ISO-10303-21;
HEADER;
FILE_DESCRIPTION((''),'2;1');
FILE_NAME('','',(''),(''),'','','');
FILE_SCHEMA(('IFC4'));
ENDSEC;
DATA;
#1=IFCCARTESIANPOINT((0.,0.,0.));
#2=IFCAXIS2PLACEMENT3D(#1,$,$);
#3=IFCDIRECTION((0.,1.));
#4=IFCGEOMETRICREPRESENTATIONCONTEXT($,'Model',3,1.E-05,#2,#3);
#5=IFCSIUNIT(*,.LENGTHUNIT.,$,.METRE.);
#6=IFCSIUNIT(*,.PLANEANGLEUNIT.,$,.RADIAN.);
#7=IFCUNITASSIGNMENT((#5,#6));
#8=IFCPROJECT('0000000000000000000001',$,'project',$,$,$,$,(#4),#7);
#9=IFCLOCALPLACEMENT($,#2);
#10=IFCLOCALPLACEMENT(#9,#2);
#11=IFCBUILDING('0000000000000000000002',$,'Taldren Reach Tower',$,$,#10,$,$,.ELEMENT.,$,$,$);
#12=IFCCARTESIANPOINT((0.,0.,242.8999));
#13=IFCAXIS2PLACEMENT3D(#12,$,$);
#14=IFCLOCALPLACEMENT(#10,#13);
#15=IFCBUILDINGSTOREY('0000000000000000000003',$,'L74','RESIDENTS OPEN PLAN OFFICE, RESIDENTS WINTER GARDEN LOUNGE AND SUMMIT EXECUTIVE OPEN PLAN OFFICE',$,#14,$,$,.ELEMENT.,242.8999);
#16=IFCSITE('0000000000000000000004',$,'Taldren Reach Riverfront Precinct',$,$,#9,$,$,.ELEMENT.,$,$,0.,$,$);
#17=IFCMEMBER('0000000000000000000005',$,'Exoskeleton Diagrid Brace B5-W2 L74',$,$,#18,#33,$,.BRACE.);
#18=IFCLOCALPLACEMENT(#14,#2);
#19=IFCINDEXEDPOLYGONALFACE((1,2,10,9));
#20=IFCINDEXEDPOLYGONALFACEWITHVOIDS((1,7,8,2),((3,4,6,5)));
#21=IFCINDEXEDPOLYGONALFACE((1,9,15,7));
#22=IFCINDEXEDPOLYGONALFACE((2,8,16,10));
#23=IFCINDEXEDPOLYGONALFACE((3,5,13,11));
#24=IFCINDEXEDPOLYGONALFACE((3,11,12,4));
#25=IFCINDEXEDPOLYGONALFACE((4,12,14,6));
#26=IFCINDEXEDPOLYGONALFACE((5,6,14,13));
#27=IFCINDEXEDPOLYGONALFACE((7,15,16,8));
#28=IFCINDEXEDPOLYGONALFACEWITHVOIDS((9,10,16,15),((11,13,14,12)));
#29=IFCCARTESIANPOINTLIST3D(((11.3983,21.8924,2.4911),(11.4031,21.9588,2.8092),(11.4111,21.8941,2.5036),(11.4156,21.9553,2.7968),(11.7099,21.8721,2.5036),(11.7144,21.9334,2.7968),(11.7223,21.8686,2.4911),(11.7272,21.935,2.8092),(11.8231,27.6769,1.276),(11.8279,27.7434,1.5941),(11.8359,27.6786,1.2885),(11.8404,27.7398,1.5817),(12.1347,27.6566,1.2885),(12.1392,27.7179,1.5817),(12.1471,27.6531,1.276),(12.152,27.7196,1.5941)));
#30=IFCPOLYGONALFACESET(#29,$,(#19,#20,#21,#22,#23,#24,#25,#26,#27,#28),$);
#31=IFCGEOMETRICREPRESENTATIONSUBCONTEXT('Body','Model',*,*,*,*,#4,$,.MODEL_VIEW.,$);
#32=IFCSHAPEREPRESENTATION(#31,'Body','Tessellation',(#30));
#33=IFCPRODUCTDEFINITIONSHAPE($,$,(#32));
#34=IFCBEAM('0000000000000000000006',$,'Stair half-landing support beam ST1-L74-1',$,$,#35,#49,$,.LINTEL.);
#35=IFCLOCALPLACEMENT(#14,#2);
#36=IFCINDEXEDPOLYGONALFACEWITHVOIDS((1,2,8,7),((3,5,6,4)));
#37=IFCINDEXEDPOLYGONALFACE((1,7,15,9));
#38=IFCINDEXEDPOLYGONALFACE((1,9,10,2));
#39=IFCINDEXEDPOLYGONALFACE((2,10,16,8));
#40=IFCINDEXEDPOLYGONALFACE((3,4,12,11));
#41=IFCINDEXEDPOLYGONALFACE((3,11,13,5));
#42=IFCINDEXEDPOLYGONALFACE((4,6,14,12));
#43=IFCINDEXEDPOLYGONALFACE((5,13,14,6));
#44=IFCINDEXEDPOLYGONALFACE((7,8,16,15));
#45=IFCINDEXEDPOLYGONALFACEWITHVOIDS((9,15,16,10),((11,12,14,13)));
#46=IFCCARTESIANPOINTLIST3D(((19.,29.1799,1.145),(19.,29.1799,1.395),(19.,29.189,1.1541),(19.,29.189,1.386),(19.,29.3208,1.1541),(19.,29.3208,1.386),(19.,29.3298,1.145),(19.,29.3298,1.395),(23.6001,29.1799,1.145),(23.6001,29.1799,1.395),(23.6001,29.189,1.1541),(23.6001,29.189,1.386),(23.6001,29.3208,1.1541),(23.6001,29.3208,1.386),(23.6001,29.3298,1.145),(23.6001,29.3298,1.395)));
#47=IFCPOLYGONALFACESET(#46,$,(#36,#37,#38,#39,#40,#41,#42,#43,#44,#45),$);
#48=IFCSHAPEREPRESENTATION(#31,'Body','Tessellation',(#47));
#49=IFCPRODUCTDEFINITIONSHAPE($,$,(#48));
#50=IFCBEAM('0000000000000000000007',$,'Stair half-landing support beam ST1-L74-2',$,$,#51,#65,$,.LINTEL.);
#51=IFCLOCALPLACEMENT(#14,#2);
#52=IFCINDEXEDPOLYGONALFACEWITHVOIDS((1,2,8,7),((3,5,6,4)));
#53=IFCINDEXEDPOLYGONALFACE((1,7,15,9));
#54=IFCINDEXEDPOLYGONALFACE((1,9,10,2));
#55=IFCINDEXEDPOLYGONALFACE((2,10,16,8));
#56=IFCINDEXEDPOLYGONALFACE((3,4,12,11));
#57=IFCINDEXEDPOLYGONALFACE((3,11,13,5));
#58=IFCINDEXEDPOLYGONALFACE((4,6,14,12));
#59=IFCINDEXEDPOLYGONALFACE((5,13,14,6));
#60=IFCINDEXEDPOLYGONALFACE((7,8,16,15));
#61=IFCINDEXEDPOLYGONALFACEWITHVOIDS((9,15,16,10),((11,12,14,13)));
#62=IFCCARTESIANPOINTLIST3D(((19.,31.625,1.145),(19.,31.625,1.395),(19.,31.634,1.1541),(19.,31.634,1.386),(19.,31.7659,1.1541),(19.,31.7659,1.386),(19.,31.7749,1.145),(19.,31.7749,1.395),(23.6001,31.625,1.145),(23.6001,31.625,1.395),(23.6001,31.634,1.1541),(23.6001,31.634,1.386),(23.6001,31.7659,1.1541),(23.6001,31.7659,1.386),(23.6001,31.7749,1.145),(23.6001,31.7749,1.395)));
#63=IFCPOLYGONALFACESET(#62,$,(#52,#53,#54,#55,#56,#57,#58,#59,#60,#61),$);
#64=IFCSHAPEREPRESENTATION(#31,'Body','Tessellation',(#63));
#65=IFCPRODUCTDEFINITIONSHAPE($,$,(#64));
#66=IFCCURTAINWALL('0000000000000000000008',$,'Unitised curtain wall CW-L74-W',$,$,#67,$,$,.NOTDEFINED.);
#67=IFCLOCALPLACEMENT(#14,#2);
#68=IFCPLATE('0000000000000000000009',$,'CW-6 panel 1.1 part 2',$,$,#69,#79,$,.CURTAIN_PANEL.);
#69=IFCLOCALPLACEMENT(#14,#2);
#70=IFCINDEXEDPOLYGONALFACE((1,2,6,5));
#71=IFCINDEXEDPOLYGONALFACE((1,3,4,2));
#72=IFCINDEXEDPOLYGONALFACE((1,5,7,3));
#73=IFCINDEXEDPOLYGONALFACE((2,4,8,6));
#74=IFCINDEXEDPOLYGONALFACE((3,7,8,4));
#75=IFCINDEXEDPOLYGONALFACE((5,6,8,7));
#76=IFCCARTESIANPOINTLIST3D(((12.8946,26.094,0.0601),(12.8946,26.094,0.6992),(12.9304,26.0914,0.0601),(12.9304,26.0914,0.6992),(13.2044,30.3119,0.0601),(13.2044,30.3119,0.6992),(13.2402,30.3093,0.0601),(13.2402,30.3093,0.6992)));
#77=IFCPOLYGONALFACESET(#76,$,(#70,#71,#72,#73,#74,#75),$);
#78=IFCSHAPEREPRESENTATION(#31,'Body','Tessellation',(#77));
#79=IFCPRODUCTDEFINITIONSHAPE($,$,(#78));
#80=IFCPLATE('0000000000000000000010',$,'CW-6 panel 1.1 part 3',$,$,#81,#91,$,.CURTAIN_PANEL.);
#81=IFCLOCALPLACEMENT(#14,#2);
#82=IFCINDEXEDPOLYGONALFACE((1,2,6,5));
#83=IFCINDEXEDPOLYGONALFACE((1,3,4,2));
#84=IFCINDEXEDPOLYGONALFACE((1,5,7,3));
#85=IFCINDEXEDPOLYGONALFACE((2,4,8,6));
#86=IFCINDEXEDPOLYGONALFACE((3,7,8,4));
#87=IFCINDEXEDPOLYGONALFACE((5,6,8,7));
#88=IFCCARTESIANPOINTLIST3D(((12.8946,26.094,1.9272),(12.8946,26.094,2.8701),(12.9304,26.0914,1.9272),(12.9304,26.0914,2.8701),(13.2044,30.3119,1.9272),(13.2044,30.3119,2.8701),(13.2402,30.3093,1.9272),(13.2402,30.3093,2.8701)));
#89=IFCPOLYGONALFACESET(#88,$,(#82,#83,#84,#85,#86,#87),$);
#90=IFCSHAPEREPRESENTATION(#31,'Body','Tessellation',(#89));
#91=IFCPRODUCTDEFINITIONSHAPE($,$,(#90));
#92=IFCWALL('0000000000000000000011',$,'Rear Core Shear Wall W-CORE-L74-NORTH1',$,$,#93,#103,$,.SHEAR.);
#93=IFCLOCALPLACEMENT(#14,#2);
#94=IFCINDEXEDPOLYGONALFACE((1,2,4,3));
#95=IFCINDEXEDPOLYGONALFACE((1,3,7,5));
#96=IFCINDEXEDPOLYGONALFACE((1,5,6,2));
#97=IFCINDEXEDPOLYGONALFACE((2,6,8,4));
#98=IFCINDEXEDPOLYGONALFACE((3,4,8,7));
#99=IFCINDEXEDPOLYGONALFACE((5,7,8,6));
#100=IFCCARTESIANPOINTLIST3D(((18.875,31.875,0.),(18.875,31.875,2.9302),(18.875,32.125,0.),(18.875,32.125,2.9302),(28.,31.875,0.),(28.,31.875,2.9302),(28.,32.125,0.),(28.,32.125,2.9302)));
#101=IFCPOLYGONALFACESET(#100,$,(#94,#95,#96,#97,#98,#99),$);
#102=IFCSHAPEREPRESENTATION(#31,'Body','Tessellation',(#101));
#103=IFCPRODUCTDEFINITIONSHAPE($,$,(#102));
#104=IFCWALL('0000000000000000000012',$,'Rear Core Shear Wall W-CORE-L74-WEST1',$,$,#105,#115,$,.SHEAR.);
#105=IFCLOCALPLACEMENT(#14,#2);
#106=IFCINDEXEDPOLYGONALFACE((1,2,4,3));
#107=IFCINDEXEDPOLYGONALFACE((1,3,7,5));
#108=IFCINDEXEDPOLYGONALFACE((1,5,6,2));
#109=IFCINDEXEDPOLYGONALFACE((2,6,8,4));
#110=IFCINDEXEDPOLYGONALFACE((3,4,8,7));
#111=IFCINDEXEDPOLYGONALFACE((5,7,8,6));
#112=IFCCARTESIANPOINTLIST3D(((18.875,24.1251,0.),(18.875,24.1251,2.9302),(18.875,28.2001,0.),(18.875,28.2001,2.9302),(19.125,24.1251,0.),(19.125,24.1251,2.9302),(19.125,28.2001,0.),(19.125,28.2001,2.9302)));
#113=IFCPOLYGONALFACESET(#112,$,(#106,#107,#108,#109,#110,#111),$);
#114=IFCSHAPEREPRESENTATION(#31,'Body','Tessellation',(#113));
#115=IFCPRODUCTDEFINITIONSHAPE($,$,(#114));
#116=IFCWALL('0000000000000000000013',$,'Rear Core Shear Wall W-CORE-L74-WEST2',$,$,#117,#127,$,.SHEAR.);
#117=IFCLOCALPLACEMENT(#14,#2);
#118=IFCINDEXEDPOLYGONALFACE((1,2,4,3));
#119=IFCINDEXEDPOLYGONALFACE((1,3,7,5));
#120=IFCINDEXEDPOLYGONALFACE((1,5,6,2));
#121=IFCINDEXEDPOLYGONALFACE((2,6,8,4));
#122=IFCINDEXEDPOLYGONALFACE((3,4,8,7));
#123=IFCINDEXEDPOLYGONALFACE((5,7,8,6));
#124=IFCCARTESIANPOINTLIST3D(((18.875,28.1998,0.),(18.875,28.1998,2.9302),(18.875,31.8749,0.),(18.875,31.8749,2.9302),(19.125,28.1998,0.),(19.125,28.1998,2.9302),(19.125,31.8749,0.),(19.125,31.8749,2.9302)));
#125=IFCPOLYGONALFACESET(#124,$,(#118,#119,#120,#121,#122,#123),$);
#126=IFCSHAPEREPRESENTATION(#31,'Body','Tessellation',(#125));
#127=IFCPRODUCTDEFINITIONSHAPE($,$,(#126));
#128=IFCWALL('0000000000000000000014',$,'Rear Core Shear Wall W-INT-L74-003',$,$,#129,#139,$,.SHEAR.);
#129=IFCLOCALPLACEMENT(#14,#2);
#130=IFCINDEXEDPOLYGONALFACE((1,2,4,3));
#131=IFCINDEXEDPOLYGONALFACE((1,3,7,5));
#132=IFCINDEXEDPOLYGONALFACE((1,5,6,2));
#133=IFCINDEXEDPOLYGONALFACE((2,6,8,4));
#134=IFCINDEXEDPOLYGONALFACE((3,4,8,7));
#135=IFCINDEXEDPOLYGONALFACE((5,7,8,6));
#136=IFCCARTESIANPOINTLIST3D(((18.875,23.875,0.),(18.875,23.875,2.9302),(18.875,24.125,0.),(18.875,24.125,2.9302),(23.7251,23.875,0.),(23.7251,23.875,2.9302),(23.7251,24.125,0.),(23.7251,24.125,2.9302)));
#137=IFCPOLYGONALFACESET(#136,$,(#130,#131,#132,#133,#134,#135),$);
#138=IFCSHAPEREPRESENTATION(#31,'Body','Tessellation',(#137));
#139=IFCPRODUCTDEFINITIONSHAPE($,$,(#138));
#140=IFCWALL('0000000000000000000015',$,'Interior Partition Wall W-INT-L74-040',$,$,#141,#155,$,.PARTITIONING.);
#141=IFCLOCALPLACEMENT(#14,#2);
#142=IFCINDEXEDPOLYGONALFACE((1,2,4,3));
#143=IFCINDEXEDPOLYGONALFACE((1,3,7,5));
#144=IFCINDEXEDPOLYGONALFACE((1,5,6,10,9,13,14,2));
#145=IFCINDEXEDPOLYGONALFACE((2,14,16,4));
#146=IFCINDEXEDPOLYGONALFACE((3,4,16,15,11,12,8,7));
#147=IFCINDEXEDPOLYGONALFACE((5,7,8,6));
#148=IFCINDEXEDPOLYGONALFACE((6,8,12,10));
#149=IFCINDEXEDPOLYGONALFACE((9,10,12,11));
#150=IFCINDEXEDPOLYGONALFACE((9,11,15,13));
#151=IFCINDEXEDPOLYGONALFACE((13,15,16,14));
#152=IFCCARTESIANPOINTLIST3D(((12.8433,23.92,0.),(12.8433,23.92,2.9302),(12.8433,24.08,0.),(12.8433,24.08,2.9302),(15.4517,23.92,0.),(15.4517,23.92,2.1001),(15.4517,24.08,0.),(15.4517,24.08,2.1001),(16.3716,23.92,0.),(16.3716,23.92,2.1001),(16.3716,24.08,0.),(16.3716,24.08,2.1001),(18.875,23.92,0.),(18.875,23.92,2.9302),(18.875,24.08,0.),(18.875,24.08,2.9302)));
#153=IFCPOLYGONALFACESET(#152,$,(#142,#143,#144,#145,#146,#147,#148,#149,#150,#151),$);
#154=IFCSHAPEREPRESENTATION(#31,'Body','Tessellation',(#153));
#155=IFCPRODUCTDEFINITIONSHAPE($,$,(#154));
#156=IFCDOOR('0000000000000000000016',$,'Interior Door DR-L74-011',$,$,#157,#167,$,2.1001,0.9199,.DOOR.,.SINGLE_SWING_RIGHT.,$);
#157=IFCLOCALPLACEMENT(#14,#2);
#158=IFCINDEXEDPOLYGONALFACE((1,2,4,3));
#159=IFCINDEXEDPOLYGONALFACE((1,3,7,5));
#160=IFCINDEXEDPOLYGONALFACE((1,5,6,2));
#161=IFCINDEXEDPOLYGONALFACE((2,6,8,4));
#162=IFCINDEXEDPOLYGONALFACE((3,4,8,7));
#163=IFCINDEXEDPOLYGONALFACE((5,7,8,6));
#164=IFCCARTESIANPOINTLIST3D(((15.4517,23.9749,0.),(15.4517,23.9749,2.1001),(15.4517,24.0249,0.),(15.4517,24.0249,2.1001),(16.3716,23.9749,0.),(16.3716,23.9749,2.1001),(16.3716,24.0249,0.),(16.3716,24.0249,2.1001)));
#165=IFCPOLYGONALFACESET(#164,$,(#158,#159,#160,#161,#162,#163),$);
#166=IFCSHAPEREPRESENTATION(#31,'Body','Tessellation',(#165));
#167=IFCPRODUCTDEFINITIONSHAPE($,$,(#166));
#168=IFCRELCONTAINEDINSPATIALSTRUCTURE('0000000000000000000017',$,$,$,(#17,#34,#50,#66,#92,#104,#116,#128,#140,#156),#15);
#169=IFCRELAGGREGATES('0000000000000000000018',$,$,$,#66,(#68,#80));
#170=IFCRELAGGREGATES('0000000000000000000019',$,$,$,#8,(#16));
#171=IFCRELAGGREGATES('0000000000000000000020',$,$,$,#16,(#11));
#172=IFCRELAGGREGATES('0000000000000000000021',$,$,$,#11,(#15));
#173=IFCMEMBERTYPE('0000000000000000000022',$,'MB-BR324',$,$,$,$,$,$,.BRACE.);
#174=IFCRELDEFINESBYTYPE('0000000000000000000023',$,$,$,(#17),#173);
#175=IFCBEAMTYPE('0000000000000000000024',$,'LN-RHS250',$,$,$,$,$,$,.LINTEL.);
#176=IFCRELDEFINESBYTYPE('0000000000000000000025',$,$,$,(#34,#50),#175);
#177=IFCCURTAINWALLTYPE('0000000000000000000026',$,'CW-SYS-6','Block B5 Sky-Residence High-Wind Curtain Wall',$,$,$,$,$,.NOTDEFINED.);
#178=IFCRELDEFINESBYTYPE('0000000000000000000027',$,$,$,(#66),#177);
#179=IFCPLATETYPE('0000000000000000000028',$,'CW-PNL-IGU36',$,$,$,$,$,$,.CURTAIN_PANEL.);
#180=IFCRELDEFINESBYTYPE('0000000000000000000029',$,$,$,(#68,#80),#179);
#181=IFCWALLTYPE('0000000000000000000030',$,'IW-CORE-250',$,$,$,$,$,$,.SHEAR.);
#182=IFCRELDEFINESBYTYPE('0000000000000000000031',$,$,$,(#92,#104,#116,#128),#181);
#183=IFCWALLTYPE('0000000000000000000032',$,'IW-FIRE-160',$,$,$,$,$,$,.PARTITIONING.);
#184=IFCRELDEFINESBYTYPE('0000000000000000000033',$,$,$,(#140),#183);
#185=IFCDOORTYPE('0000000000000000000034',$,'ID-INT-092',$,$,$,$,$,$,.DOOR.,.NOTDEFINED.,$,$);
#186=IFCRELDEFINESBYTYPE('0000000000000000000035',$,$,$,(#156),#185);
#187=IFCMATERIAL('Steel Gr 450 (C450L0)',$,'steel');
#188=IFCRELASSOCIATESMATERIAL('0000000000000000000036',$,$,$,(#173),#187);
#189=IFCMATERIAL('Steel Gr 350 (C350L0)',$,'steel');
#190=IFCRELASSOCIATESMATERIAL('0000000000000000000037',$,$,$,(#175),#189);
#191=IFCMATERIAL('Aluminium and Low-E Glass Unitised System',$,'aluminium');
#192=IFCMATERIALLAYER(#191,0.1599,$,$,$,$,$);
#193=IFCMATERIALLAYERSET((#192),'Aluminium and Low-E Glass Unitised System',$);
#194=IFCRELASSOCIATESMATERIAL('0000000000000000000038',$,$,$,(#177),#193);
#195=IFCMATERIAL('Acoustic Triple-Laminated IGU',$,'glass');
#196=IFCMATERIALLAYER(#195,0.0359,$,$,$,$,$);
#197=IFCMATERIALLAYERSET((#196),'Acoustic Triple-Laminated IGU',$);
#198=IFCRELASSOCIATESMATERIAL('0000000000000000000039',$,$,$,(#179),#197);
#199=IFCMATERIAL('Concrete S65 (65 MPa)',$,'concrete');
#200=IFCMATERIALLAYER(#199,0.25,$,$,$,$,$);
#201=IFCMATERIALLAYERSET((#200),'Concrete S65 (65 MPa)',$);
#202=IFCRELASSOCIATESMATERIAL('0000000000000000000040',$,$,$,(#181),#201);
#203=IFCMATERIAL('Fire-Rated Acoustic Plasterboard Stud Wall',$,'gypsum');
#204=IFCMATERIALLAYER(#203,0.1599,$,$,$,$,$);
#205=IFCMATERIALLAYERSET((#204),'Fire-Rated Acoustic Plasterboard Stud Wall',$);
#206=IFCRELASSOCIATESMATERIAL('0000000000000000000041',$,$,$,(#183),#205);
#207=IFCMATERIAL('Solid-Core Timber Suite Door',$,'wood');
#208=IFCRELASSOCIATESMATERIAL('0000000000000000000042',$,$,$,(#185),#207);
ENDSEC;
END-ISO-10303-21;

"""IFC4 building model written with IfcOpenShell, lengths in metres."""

from ifc_helpers import new_model, si_unit, direction, frame, frame_2d, origin, origin_2d, place, context, subcontext, project, spatial, rectangle, hollow_rectangle, extrude, source, transform, mapped, material, layer, layer_set, material_profile, profile_set, type_object, element, fill, aggregate, save


model = new_model("IFC4")

# Units and contexts
model_context = context("Model", 3, precision=1e-05, world=origin(), true_north=direction((0.0, 1.0)))
body_context = subcontext(model_context, "Body", "Model", "MODEL_VIEW")
ifc_project = project(units=[si_unit("LENGTHUNIT", "METRE"), si_unit("PLANEANGLEUNIT", "RADIAN")], contexts=[model_context])

# Site, building, storey
site_placement = place(None, origin())
site = spatial("IfcSite", under=ifc_project, at=site_placement, Name="Taldren Reach Riverfront Precinct", CompositionType="ELEMENT", RefElevation=0.0)
building_placement = place(site_placement, origin())
building = spatial("IfcBuilding", under=site, at=building_placement, Name="Taldren Reach Tower", CompositionType="ELEMENT")
storey_placement = place(building_placement, frame((0.0, 0.0, 242.8999)))
storey = spatial("IfcBuildingStorey", under=building, at=storey_placement, Name="L74", Description="RESIDENTS OPEN PLAN OFFICE, RESIDENTS WINTER GARDEN LOUNGE AND SUMMIT EXECUTIVE OPEN PLAN OFFICE", CompositionType="ELEMENT", Elevation=242.8999)

# Shared definitions
ifc_material_1 = material(Name="Steel Gr 450 (C450L0)", Category="steel")

# Member
ifc_material_profile_1 = material_profile(ifc_material_1, hollow_rectangle(XDim=0.325, YDim=0.325, WallThickness=0.0127, at=origin_2d()), Name="325x325x12.7SHS")
ifc_profile_set_1 = profile_set([ifc_material_profile_1], Name="Steel Gr 450 (C450L0)")
member_type = type_object("IfcMemberType", Name="MB-BR324", PredefinedType="BRACE", material=ifc_profile_set_1)
shared_shape_1 = source(origin(), body_context, "Body", "SweptSolid", [
    extrude(hollow_rectangle(XDim=0.325, YDim=0.325, WallThickness=0.0127, at=origin_2d()), origin(), (0.0, 0.0, 1.0), 5.926),
])
member_placement = place(storey_placement, frame((11.9875, 27.6982, 1.4351), z_axis=(-0.071686, -0.976123, 0.205046), x_axis=(0.997314, -0.073242, 0.0)))
element("IfcMember", 1, at=member_placement, inside=storey, type_object=member_type, Name="Exoskeleton Diagrid Brace B5-W2 L74", PredefinedType="BRACE", context=body_context, shape_type="MappedRepresentation", body=[
    mapped(shared_shape_1, transform((0.0, 0.0, 0.0), scale=1.0)),
])

# Beams
ifc_material_2 = material(Name="Steel Gr 350 (C350L0)", Category="steel")
ifc_material_profile_2 = material_profile(ifc_material_2, hollow_rectangle(XDim=0.1499, YDim=0.25, WallThickness=0.009, at=origin_2d()), Name="250x150x9.0RHS")
ifc_profile_set_2 = profile_set([ifc_material_profile_2], Name="Steel Gr 350 (C350L0)")
beam_type_1 = type_object("IfcBeamType", Name="LN-RHS250", PredefinedType="LINTEL", material=ifc_profile_set_2)
shared_shape_2 = source(origin(), body_context, "Body", "SweptSolid", [
    extrude(hollow_rectangle(XDim=0.1499, YDim=0.25, WallThickness=0.009, at=origin_2d()), origin(), (0.0, 0.0, 1.0), 4.6001),
])
for number, where, z_axis, x_axis, name in (
    (2, (19.0, 29.2549, 1.27), (1.0, 0.0, 0.0), (0.0, 1.0, 0.0), "Stair half-landing support beam ST1-L74-1"),
    (3, (19.0, 31.7, 1.27), (1.0, 0.0, 0.0), (0.0, 1.0, 0.0), "Stair half-landing support beam ST1-L74-2"),
):
    element("IfcBeam", number, at=place(storey_placement, frame(where, z_axis=z_axis, x_axis=x_axis)), inside=storey, type_object=beam_type_1, Name=name, PredefinedType="LINTEL", context=body_context, shape_type="MappedRepresentation", body=[
        mapped(shared_shape_2, transform((0.0, 0.0, 0.0), scale=1.0)),
    ])

# Curtain wall, plates
ifc_material_3 = material(Name="Aluminium and Low-E Glass Unitised System", Category="aluminium")
ifc_layer_1 = layer(ifc_material_3, 0.1599)
ifc_layer_set_1 = layer_set([ifc_layer_1], Name="Aluminium and Low-E Glass Unitised System")
curtain_wall_type = type_object("IfcCurtainWallType", Name="CW-SYS-6", Description="Block B5 Sky-Residence High-Wind Curtain Wall", PredefinedType="NOTDEFINED", material=ifc_layer_set_1)
curtain_wall_placement = place(storey_placement, origin())
curtain_wall = element("IfcCurtainWall", 4, at=curtain_wall_placement, inside=storey, type_object=curtain_wall_type, Name="Unitised curtain wall CW-L74-W", PredefinedType="NOTDEFINED")
ifc_material_4 = material(Name="Acoustic Triple-Laminated IGU", Category="glass")
ifc_layer_2 = layer(ifc_material_4, 0.0359)
ifc_layer_set_2 = layer_set([ifc_layer_2], Name="Acoustic Triple-Laminated IGU")
plate_type = type_object("IfcPlateType", Name="CW-PNL-IGU36", PredefinedType="CURTAIN_PANEL", material=ifc_layer_set_2)
shared_shape_3 = source(origin(), body_context, "Body", "SweptSolid", [
    extrude(rectangle(XDim=4.2292, YDim=0.0359, at=origin_2d()), origin(), (0.0, 0.0, 1.0), 0.6392),
])
plate_1_placement = place(storey_placement, frame((13.0674, 28.2017, 0.0601), z_axis=(0.0, 0.0, 1.0), x_axis=(-0.073238, -0.997314, 0.0)))
plate_1 = element("IfcPlate", 5, at=plate_1_placement, type_object=plate_type, Name="CW-6 panel 1.1 part 2", PredefinedType="CURTAIN_PANEL", context=body_context, shape_type="MappedRepresentation", body=[
    mapped(shared_shape_3, transform((0.0, 0.0, 0.0), scale=1.0)),
])
shared_shape_4 = source(origin(), body_context, "Body", "SweptSolid", [
    extrude(rectangle(XDim=4.2292, YDim=0.0359, at=origin_2d()), origin(), (0.0, 0.0, 1.0), 0.9429),
])
plate_2_placement = place(storey_placement, frame((13.0674, 28.2017, 1.9272), z_axis=(0.0, 0.0, 1.0), x_axis=(-0.073238, -0.997314, 0.0)))
plate_2 = element("IfcPlate", 6, at=plate_2_placement, type_object=plate_type, Name="CW-6 panel 1.1 part 3", PredefinedType="CURTAIN_PANEL", context=body_context, shape_type="MappedRepresentation", body=[
    mapped(shared_shape_4, transform((0.0, 0.0, 0.0), scale=1.0)),
])
aggregate(curtain_wall, [plate_1, plate_2])

# Walls
ifc_material_5 = material(Name="Concrete S65 (65 MPa)", Category="concrete")
ifc_layer_3 = layer(ifc_material_5, 0.25)
ifc_layer_set_3 = layer_set([ifc_layer_3], Name="Concrete S65 (65 MPa)")
wall_type_1 = type_object("IfcWallType", Name="IW-CORE-250", PredefinedType="SHEAR", material=ifc_layer_set_3)
shared_shape_5 = source(origin(), body_context, "Body", "SweptSolid", [
    extrude(rectangle(XDim=9.125, YDim=0.25, at=frame_2d((4.5625, 0.0))), origin(), (0.0, 0.0, 1.0), 2.9302),
])
wall_1_placement = place(storey_placement, frame((18.875, 32.0, 0.0), z_axis=(0.0, 0.0, 1.0), x_axis=(1.0, 0.0, 0.0)))
element("IfcWall", 7, at=wall_1_placement, inside=storey, type_object=wall_type_1, Name="Rear Core Shear Wall W-CORE-L74-NORTH1", PredefinedType="SHEAR", context=body_context, shape_type="MappedRepresentation", body=[
    mapped(shared_shape_5, transform((0.0, 0.0, 0.0), scale=1.0)),
])
shared_shape_6 = source(origin(), body_context, "Body", "SweptSolid", [
    extrude(rectangle(XDim=4.075, YDim=0.25, at=frame_2d((2.0376, 0.0))), origin(), (0.0, 0.0, 1.0), 2.9302),
])
wall_2_placement = place(storey_placement, frame((19.0, 24.125, 0.0), z_axis=(0.0, 0.0, 1.0), x_axis=(0.0, 1.0, 0.0)))
element("IfcWall", 8, at=wall_2_placement, inside=storey, type_object=wall_type_1, Name="Rear Core Shear Wall W-CORE-L74-WEST1", PredefinedType="SHEAR", context=body_context, shape_type="MappedRepresentation", body=[
    mapped(shared_shape_6, transform((0.0, 0.0, 0.0), scale=1.0)),
])
shared_shape_7 = source(origin(), body_context, "Body", "SweptSolid", [
    extrude(rectangle(XDim=3.675, YDim=0.25, at=frame_2d((1.8374, 0.0))), origin(), (0.0, 0.0, 1.0), 2.9302),
])
wall_3_placement = place(storey_placement, frame((19.0, 28.2, 0.0), z_axis=(0.0, 0.0, 1.0), x_axis=(0.0, 1.0, 0.0)))
element("IfcWall", 9, at=wall_3_placement, inside=storey, type_object=wall_type_1, Name="Rear Core Shear Wall W-CORE-L74-WEST2", PredefinedType="SHEAR", context=body_context, shape_type="MappedRepresentation", body=[
    mapped(shared_shape_7, transform((0.0, 0.0, 0.0), scale=1.0)),
])
shared_shape_8 = source(origin(), body_context, "Body", "SweptSolid", [
    extrude(rectangle(XDim=4.8501, YDim=0.25, at=frame_2d((2.425, 0.0))), origin(), (0.0, 0.0, 1.0), 2.9302),
])
wall_4_placement = place(storey_placement, frame((18.875, 24.0, 0.0), z_axis=(0.0, 0.0, 1.0), x_axis=(1.0, 0.0, 0.0)))
element("IfcWall", 10, at=wall_4_placement, inside=storey, type_object=wall_type_1, Name="Rear Core Shear Wall W-INT-L74-003", PredefinedType="SHEAR", context=body_context, shape_type="MappedRepresentation", body=[
    mapped(shared_shape_8, transform((0.0, 0.0, 0.0), scale=1.0)),
])

# Wall, opening, door
ifc_material_6 = material(Name="Fire-Rated Acoustic Plasterboard Stud Wall", Category="gypsum")
ifc_layer_4 = layer(ifc_material_6, 0.1599)
ifc_layer_set_4 = layer_set([ifc_layer_4], Name="Fire-Rated Acoustic Plasterboard Stud Wall")
wall_type_2 = type_object("IfcWallType", Name="IW-FIRE-160", PredefinedType="PARTITIONING", material=ifc_layer_set_4)
shared_shape_9 = source(origin(), body_context, "Body", "SweptSolid", [
    extrude(rectangle(XDim=6.0317, YDim=0.1599, at=frame_2d((3.0159, 0.0))), origin(), (0.0, 0.0, 1.0), 2.9302),
])
wall_5_placement = place(storey_placement, frame((12.8433, 24.0, 0.0), z_axis=(0.0, 0.0, 1.0), x_axis=(1.0, 0.0, 0.0)))
wall_5 = element("IfcWall", 11, at=wall_5_placement, inside=storey, type_object=wall_type_2, Name="Interior Partition Wall W-INT-L74-040", PredefinedType="PARTITIONING", context=body_context, shape_type="MappedRepresentation", body=[
    mapped(shared_shape_9, transform((0.0, 0.0, 0.0), scale=1.0)),
])
shared_shape_10 = source(origin(), body_context, "Body", "SweptSolid", [
    extrude(rectangle(XDim=0.9199, YDim=2.1001, at=frame_2d((0.46, 1.05))), frame((0.0, 0.0898, 0.0), z_axis=(0.0, -1.0, 0.0), x_axis=(1.0, 0.0, 0.0)), (0.0, 0.0, 1.0), 0.1799),
])
opening_placement = place(wall_5_placement, frame((2.6084, 0.0, 0.0)))
opening = element("IfcOpeningElement", 12, at=opening_placement, cuts=wall_5, PredefinedType="OPENING", context=body_context, shape_type="MappedRepresentation", body=[
    mapped(shared_shape_10, transform((0.0, 0.0, 0.0), scale=1.0)),
])
ifc_material_7 = material(Name="Solid-Core Timber Suite Door", Category="wood")
door_type = type_object("IfcDoorType", Name="ID-INT-092", OperationType="NOTDEFINED", PredefinedType="DOOR", material=ifc_material_7)
shared_shape_11 = source(origin(), body_context, "Body", "SweptSolid", [
    extrude(rectangle(XDim=0.9199, YDim=2.1001, at=frame_2d((0.46, 1.05))), frame((0.0, 0.0249, 0.0), z_axis=(0.0, -1.0, 0.0), x_axis=(1.0, 0.0, 0.0)), (0.0, 0.0, 1.0), 0.05),
])
door_placement = place(opening_placement, origin())
door = element("IfcDoor", 13, at=door_placement, inside=storey, type_object=door_type, Name="Interior Door DR-L74-011", OperationType="SINGLE_SWING_RIGHT", OverallHeight=2.1001, OverallWidth=0.9199, PredefinedType="DOOR", context=body_context, shape_type="MappedRepresentation", body=[
    mapped(shared_shape_11, transform((0.0, 0.0, 0.0), scale=1.0)),
])
fill(opening, door)

save(model, "model.ifc")
